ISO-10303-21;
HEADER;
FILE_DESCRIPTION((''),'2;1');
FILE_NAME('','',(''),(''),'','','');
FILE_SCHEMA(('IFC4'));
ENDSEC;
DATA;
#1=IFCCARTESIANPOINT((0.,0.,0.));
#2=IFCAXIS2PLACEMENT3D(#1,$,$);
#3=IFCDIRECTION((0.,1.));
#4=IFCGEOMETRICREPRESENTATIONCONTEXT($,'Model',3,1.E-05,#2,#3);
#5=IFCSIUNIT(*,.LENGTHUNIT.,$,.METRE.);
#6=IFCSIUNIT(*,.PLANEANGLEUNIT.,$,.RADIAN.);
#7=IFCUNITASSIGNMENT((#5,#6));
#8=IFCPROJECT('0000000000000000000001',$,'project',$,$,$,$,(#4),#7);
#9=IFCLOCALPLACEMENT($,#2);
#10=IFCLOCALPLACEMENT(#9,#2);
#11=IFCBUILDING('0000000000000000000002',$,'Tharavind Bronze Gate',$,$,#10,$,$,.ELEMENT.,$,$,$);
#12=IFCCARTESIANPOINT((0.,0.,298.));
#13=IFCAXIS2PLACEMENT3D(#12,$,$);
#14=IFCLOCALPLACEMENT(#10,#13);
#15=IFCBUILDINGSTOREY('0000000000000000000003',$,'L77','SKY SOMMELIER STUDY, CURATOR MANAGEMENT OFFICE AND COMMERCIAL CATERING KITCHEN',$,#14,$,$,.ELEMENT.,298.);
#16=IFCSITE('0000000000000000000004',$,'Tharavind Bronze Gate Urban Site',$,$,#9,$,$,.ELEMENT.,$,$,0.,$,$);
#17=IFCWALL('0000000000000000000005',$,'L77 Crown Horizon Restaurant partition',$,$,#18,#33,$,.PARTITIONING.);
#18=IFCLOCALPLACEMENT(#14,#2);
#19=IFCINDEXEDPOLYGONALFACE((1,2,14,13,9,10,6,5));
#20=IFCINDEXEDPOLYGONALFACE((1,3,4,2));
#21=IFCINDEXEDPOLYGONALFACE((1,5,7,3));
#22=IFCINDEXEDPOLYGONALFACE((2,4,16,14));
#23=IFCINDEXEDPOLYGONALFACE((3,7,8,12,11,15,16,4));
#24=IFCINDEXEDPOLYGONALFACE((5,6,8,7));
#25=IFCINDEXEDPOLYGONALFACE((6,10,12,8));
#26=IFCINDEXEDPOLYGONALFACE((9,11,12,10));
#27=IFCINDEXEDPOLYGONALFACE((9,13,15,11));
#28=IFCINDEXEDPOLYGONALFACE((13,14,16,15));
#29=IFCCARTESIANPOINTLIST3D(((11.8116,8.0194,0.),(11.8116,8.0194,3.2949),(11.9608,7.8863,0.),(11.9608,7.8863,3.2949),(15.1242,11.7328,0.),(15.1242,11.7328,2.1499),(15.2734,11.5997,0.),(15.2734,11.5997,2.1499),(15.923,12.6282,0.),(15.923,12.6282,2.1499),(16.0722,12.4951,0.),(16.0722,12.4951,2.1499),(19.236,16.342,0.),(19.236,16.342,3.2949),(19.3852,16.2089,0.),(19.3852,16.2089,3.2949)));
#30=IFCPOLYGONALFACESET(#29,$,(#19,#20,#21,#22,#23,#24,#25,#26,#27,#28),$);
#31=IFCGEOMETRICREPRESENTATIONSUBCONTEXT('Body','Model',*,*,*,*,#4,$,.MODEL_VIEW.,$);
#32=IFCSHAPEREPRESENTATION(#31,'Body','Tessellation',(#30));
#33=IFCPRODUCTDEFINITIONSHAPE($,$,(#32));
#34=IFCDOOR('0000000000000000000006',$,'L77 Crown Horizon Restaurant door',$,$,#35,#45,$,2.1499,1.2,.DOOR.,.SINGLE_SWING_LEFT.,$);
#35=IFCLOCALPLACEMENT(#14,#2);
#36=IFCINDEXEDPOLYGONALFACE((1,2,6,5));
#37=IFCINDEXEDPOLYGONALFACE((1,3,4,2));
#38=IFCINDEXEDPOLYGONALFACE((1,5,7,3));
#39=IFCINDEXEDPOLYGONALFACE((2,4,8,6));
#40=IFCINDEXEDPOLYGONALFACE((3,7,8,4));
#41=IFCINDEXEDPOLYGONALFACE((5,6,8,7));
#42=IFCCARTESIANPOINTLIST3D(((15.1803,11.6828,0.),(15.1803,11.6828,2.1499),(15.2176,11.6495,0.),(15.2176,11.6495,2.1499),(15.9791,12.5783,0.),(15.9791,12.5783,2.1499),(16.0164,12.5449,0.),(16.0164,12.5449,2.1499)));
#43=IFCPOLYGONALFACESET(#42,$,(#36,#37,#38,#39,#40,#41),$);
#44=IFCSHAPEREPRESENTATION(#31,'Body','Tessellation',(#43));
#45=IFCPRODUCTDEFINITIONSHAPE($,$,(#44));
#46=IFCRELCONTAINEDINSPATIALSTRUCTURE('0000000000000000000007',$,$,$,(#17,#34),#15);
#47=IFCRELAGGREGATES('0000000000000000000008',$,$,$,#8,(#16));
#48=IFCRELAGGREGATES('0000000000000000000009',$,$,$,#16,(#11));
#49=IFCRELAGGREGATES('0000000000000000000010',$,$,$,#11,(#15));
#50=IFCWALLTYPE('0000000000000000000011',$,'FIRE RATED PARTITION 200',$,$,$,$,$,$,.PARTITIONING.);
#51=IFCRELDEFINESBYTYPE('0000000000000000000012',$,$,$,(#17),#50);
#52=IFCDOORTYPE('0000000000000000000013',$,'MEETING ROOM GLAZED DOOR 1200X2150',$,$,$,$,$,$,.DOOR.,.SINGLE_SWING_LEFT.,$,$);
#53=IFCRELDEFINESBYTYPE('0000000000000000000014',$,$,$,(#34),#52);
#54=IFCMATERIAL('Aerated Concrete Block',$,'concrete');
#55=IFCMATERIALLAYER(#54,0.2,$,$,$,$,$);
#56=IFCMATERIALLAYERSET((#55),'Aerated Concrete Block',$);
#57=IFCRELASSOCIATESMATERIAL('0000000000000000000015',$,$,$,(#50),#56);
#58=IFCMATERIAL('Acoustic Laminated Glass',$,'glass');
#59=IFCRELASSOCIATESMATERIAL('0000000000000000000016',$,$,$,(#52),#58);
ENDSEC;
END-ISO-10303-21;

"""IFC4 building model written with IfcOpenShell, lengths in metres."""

from ifc_helpers import new_model, si_unit, direction, frame, frame_2d, origin, place, context, subcontext, project, spatial, rectangle, extrude, material, layer, layer_set, type_object, element, fill, save


model = new_model("IFC4")

# Units and contexts
model_context = context("Model", 3, precision=1e-05, world=origin(), true_north=direction((0.0, 1.0)))
body_context = subcontext(model_context, "Body", "Model", "MODEL_VIEW")
ifc_project = project(units=[si_unit("LENGTHUNIT", "METRE"), si_unit("PLANEANGLEUNIT", "RADIAN")], contexts=[model_context])

# Site, building, storey
site_placement = place(None, origin())
site = spatial("IfcSite", under=ifc_project, at=site_placement, Name="Tharavind Bronze Gate Urban Site", CompositionType="ELEMENT", RefElevation=0.0)
building_placement = place(site_placement, origin())
building = spatial("IfcBuilding", under=site, at=building_placement, Name="Tharavind Bronze Gate", CompositionType="ELEMENT")
storey_placement = place(building_placement, frame((0.0, 0.0, 298.0)))
storey = spatial("IfcBuildingStorey", under=building, at=storey_placement, Name="L77", Description="SKY SOMMELIER STUDY, CURATOR MANAGEMENT OFFICE AND COMMERCIAL CATERING KITCHEN", CompositionType="ELEMENT", Elevation=298.0)

# Shared definitions
ifc_material_1 = material(Name="Aerated Concrete Block", Category="concrete")
ifc_layer_1 = layer(ifc_material_1, 0.2)
ifc_layer_set_1 = layer_set([ifc_layer_1], Name="Aerated Concrete Block")
wall_type = type_object("IfcWallType", Name="FIRE RATED PARTITION 200", PredefinedType="PARTITIONING", material=ifc_layer_set_1)

# Wall, opening, door
wall_1_placement = place(storey_placement, frame((11.8862, 7.9529, 0.0), z_axis=(0.0, 0.0, 1.0), x_axis=(0.665692, 0.746227, 0.0)))
wall_1 = element("IfcWall", 1, at=wall_1_placement, inside=storey, type_object=wall_type, Name="L77 Crown Horizon Restaurant partition", PredefinedType="PARTITIONING", context=body_context, shape_type="SweptSolid", body=[
    extrude(rectangle(XDim=11.1528, YDim=0.2, at=frame_2d((5.5764, 0.0))), origin(), (0.0, 0.0, 1.0), 3.2949),
])
opening_1_placement = place(wall_1_placement, frame((4.9761, 0.0, 0.0)))
opening_1 = element("IfcOpeningElement", 2, at=opening_1_placement, cuts=wall_1, PredefinedType="OPENING", context=body_context, shape_type="SweptSolid", body=[
    extrude(rectangle(XDim=1.2, YDim=2.1499, at=frame_2d((0.6001, 1.075))), frame((0.0, 0.1101, 0.0), z_axis=(0.0, -1.0, 0.0), x_axis=(1.0, 0.0, 0.0)), (0.0, 0.0, 1.0), 0.22),
])
ifc_material_2 = material(Name="Acoustic Laminated Glass", Category="glass")
door_type_1 = type_object("IfcDoorType", Name="MEETING ROOM GLAZED DOOR 1200X2150", OperationType="SINGLE_SWING_LEFT", PredefinedType="DOOR", material=ifc_material_2)
door_1_placement = place(opening_1_placement, origin())
door_1 = element("IfcDoor", 3, at=door_1_placement, inside=storey, type_object=door_type_1, Name="L77 Crown Horizon Restaurant door", OperationType="SINGLE_SWING_LEFT", OverallHeight=2.1499, OverallWidth=1.2, PredefinedType="DOOR", context=body_context, shape_type="SweptSolid", body=[
    extrude(rectangle(XDim=1.2, YDim=2.1499, at=frame_2d((0.6001, 1.075))), frame((0.0, 0.0249, 0.0), z_axis=(0.0, -1.0, 0.0), x_axis=(1.0, 0.0, 0.0)), (0.0, 0.0, 1.0), 0.05),
])
fill(opening_1, door_1)

save(model, "model.ifc")
